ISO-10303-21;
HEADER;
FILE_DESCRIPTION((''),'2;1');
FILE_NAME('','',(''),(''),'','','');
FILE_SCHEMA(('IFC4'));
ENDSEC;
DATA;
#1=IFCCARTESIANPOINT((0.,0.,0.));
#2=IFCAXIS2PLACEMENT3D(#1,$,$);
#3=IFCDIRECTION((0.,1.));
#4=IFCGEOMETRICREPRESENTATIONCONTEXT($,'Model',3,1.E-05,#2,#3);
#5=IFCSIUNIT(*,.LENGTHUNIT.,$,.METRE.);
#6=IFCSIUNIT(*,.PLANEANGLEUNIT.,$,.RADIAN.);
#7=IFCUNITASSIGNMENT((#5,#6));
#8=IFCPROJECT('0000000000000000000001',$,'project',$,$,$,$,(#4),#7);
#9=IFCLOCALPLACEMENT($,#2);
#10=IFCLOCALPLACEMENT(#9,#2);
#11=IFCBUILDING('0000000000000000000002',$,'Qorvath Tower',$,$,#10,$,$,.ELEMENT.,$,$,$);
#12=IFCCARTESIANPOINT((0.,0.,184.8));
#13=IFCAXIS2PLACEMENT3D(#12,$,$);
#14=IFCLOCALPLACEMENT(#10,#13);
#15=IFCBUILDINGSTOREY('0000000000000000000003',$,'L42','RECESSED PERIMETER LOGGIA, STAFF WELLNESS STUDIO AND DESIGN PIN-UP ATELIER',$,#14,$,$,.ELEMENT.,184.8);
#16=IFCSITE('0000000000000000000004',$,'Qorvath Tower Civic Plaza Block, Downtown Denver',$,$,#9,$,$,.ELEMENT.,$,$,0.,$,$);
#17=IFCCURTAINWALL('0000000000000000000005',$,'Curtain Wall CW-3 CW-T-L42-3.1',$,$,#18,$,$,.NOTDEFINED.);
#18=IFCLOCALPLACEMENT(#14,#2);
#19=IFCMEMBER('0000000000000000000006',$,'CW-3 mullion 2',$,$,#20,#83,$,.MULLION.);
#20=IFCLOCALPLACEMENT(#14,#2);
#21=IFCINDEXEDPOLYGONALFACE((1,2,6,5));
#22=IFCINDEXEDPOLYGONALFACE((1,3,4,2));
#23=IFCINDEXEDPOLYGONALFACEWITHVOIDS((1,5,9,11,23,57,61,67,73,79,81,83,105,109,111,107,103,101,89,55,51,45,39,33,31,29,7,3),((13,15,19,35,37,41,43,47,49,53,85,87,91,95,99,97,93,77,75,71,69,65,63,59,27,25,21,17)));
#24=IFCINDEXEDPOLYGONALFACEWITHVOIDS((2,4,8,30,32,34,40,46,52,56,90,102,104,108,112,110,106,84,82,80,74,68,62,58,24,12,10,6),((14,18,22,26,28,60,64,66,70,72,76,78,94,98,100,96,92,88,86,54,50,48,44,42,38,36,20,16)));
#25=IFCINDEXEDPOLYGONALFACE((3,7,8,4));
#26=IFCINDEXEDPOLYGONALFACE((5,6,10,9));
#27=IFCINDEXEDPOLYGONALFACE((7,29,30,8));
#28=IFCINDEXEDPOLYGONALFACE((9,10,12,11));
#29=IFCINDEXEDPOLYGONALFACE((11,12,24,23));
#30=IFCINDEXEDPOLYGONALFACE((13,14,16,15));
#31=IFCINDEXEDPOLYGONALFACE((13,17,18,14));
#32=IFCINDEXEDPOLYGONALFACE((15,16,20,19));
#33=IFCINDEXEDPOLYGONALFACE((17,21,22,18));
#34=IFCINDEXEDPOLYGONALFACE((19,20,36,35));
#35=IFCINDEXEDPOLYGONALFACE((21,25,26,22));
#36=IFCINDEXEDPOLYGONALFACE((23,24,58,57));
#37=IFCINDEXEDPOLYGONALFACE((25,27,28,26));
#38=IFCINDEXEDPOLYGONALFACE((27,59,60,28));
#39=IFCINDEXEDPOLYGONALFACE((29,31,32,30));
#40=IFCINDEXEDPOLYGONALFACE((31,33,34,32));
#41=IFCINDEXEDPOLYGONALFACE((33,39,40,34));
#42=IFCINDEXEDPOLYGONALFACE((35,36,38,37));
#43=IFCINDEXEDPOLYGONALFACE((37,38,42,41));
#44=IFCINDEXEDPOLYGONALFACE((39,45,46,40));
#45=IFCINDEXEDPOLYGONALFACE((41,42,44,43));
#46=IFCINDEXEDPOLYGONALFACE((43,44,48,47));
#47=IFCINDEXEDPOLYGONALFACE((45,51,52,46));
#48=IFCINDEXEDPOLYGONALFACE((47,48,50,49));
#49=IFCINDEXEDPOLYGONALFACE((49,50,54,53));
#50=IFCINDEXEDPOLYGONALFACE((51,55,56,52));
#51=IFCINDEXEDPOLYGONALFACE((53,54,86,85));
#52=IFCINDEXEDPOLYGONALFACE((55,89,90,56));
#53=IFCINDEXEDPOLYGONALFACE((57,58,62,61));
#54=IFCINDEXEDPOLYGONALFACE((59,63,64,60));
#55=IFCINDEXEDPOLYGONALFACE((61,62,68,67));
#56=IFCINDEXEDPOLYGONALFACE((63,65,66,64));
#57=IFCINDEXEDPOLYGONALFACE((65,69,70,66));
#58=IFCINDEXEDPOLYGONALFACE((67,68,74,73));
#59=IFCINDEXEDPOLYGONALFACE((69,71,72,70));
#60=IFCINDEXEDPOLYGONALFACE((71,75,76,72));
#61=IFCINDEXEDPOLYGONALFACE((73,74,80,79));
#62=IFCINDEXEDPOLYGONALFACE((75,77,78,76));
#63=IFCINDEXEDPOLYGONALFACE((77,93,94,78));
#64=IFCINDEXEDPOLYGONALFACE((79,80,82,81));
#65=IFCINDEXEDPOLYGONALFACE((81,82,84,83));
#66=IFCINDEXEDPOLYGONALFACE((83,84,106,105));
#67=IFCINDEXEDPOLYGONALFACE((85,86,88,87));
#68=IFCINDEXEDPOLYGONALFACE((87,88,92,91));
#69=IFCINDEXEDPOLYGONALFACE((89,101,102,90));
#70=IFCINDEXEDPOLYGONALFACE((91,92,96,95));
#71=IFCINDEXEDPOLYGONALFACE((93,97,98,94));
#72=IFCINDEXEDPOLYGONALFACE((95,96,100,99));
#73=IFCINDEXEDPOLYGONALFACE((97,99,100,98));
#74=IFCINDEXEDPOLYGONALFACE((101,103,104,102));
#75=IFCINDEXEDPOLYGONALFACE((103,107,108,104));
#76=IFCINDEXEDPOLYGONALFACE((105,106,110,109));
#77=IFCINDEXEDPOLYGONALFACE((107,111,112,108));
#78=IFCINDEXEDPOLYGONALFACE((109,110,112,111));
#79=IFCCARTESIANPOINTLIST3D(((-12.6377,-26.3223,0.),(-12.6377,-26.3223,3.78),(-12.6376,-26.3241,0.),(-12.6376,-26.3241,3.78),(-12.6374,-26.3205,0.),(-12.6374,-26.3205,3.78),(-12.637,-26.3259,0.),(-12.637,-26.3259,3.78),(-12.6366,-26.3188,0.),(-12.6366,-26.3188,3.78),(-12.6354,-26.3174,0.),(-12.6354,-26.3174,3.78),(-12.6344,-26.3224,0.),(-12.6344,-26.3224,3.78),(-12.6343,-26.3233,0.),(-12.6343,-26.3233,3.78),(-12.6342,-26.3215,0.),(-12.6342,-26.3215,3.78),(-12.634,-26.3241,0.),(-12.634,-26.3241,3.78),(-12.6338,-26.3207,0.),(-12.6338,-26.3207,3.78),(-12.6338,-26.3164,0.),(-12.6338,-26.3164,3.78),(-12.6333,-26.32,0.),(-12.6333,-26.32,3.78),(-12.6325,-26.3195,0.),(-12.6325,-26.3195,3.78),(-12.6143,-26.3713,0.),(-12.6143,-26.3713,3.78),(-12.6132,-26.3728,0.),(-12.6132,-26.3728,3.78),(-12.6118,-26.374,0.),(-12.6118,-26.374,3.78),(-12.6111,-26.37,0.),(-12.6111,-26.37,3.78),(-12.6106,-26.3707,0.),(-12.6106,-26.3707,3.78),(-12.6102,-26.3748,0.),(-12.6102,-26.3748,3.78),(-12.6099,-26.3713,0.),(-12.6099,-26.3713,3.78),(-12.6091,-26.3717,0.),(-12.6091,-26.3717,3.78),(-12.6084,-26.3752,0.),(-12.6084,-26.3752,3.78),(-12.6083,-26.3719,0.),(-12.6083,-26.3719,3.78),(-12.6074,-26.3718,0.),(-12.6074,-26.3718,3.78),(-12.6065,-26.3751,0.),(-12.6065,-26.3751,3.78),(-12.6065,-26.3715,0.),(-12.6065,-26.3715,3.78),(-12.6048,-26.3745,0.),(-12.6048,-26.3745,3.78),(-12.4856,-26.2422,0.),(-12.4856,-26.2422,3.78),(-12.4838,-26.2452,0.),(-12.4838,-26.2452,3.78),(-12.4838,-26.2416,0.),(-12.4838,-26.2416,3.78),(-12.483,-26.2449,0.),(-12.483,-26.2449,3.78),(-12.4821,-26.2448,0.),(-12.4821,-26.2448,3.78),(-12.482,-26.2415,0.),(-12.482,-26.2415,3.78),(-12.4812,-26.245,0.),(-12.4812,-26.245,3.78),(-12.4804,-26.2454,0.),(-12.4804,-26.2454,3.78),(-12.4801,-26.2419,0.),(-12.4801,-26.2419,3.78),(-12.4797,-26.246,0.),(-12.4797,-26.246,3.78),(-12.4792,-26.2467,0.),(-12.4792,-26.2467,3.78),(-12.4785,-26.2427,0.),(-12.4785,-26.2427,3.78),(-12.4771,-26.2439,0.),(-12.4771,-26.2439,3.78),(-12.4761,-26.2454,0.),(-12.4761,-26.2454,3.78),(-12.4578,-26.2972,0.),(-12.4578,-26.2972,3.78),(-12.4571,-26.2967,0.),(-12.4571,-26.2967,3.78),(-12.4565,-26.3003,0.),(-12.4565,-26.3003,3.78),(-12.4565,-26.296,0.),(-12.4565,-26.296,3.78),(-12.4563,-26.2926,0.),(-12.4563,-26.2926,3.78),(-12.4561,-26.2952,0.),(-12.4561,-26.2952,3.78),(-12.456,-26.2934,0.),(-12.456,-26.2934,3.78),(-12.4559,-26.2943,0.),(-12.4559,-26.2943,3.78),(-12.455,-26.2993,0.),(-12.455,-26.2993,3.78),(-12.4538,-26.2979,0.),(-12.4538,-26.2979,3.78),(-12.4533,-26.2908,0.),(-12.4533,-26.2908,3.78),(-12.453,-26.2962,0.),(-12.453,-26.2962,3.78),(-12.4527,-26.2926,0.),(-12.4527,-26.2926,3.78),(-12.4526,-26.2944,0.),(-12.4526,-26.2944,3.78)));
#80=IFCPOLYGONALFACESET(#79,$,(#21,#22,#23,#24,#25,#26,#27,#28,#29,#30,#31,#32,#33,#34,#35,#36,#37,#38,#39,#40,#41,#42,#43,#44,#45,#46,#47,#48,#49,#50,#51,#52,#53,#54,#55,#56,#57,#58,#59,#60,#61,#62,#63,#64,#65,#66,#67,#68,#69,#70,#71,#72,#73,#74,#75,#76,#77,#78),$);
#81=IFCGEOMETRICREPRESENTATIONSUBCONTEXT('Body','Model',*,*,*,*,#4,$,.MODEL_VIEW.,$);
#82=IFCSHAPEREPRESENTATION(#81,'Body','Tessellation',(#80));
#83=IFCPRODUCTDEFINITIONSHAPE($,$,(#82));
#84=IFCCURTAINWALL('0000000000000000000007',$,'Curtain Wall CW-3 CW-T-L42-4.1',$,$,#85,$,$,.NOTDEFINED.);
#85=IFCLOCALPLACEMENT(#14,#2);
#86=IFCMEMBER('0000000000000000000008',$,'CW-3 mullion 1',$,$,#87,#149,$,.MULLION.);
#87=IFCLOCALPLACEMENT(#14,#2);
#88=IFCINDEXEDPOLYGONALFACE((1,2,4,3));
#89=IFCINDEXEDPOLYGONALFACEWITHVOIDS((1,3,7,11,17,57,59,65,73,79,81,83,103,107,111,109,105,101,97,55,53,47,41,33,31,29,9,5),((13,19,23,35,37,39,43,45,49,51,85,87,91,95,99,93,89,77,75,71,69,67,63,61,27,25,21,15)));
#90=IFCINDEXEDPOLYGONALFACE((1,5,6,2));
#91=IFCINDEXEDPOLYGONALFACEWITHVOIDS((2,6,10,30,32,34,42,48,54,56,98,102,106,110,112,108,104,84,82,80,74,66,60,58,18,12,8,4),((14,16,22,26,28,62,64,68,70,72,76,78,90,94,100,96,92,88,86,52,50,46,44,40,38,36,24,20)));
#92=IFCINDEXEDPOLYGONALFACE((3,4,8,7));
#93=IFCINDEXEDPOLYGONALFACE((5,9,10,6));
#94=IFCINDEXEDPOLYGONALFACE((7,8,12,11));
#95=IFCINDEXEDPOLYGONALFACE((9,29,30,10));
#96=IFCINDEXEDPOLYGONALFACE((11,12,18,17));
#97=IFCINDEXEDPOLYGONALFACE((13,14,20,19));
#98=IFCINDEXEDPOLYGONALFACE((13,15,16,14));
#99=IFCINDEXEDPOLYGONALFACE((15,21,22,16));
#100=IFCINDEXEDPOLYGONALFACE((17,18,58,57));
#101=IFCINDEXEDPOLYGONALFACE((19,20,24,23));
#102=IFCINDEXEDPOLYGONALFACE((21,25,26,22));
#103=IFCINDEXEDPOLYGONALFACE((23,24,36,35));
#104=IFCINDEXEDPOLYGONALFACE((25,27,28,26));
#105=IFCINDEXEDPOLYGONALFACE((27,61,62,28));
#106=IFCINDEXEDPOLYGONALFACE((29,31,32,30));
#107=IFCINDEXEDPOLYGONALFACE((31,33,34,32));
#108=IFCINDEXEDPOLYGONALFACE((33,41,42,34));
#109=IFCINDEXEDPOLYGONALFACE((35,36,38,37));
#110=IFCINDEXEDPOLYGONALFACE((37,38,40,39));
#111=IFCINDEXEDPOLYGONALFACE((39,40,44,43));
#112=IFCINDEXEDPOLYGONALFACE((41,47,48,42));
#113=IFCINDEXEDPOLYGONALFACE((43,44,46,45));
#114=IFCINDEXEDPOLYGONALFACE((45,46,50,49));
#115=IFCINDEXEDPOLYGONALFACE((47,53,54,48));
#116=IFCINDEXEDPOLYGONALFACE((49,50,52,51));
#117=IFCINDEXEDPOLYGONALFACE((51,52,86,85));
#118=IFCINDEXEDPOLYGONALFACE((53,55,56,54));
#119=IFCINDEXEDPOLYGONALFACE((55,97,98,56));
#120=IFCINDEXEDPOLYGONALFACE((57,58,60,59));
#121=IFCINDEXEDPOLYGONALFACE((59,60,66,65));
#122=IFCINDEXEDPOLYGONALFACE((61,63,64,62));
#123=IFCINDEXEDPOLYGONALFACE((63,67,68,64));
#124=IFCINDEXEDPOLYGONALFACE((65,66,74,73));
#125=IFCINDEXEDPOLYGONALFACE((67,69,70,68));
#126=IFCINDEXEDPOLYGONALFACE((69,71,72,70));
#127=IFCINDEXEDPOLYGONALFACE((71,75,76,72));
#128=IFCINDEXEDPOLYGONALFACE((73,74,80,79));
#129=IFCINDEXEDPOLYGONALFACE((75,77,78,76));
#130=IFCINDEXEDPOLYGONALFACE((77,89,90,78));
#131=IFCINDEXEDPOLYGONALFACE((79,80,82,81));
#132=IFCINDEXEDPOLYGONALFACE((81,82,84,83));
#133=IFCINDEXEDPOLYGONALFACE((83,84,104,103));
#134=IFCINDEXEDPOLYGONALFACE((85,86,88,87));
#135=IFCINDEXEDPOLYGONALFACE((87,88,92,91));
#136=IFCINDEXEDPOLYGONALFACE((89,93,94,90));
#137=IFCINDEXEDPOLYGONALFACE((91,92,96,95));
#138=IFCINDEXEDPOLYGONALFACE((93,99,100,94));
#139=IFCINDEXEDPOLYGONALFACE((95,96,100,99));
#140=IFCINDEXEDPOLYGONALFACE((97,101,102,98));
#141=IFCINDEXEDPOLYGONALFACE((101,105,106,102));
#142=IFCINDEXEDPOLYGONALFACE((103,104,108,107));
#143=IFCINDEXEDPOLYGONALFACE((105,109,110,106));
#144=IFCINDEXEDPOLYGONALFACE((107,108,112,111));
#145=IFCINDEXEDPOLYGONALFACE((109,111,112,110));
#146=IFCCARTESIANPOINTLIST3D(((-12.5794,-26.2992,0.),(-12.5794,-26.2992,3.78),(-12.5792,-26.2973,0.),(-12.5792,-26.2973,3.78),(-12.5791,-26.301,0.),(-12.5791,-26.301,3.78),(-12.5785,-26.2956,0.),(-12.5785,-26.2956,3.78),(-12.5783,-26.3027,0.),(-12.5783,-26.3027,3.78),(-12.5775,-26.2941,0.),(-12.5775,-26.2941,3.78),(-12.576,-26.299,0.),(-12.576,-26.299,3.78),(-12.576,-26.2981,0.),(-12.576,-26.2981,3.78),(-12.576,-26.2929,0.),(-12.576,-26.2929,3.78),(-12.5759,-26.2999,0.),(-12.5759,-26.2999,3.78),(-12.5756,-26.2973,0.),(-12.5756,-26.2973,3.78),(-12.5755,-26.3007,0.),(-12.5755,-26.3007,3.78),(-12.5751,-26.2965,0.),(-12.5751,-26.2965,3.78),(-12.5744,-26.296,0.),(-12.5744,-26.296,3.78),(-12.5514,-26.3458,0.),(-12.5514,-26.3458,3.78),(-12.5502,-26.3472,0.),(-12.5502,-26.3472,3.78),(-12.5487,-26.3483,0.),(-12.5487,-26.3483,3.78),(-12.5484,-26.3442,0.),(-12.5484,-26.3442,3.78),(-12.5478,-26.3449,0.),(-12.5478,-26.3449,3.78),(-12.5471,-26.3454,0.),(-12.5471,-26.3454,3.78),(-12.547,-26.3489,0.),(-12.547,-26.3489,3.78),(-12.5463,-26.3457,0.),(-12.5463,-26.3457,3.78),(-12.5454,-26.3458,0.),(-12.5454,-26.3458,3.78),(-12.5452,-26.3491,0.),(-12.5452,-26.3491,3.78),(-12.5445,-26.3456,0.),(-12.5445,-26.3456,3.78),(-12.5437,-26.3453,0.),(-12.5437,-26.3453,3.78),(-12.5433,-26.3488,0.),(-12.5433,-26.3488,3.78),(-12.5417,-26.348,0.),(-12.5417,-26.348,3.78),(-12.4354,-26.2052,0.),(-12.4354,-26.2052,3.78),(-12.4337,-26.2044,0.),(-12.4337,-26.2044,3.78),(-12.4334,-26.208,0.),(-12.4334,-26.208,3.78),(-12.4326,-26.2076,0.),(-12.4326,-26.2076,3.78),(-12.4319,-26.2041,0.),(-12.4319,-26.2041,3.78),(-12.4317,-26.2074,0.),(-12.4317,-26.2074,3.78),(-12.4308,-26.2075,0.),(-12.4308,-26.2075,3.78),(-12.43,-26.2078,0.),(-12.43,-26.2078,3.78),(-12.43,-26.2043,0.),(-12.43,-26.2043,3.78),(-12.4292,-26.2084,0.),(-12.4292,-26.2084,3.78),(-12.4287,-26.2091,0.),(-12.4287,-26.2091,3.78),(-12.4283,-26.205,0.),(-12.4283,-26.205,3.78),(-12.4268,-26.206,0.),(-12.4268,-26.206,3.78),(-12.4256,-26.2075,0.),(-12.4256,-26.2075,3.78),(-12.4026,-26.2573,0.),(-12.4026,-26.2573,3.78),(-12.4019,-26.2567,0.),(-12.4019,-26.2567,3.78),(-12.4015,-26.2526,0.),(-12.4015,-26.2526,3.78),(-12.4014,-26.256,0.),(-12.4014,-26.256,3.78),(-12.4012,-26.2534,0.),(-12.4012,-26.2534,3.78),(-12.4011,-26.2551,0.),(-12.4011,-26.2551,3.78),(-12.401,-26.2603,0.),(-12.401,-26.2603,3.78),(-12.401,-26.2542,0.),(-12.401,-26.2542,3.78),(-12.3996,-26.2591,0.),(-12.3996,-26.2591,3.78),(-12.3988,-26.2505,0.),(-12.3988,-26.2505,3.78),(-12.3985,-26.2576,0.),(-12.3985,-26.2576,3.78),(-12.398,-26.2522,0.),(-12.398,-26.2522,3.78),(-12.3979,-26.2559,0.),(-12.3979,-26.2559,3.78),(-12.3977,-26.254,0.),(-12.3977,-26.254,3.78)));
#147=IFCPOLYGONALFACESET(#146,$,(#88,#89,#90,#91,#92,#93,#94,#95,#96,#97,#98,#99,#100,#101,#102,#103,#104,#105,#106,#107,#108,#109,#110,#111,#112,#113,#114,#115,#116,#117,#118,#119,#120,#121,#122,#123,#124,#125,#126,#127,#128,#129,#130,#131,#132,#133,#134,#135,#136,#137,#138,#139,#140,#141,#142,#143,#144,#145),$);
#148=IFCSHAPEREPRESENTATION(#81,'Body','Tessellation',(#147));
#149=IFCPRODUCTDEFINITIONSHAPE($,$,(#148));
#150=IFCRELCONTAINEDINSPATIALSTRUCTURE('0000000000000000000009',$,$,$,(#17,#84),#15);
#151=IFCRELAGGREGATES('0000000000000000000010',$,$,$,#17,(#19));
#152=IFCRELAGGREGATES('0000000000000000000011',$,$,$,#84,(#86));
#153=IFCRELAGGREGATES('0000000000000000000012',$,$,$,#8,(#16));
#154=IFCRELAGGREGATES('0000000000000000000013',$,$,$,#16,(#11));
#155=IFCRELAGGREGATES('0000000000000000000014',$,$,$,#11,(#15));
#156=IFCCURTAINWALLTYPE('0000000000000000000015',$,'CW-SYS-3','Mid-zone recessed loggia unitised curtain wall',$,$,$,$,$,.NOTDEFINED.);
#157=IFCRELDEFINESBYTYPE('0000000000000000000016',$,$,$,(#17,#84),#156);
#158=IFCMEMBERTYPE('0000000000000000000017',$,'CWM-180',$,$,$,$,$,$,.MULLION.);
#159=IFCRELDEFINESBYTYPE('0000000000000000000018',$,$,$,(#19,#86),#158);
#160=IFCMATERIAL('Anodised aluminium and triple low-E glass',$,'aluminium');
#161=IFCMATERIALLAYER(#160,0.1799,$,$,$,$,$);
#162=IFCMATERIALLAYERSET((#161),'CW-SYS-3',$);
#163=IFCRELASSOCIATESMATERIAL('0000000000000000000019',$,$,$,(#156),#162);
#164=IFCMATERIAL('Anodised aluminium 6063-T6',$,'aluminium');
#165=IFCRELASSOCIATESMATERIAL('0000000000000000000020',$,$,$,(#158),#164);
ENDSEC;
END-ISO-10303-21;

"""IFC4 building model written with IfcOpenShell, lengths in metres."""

from ifc_helpers import new_model, si_unit, direction, frame, origin, origin_2d, place, context, subcontext, project, spatial, hollow_rectangle, extrude, material, layer, layer_set, material_profile, profile_set, type_object, element, aggregate, save


model = new_model("IFC4")

# Units and contexts
model_context = context("Model", 3, precision=1e-05, world=origin(), true_north=direction((0.0, 1.0)))
body_context = subcontext(model_context, "Body", "Model", "MODEL_VIEW")
ifc_project = project(units=[si_unit("LENGTHUNIT", "METRE"), si_unit("PLANEANGLEUNIT", "RADIAN")], contexts=[model_context])

# Site, building, storey
site_placement = place(None, origin())
site = spatial("IfcSite", under=ifc_project, at=site_placement, Name="Qorvath Tower Civic Plaza Block, Downtown Denver", CompositionType="ELEMENT", RefElevation=0.0)
building_placement = place(site_placement, origin())
building = spatial("IfcBuilding", under=site, at=building_placement, Name="Qorvath Tower", CompositionType="ELEMENT")
storey_placement = place(building_placement, frame((0.0, 0.0, 184.8)))
storey = spatial("IfcBuildingStorey", under=building, at=storey_placement, Name="L42", Description="RECESSED PERIMETER LOGGIA, STAFF WELLNESS STUDIO AND DESIGN PIN-UP ATELIER", CompositionType="ELEMENT", Elevation=184.8)

# Shared definitions
ifc_material_1 = material(Name="Anodised aluminium and triple low-E glass", Category="aluminium")
ifc_layer_1 = layer(ifc_material_1, 0.1799)
ifc_layer_set_1 = layer_set([ifc_layer_1], Name="CW-SYS-3")
curtain_wall_type = type_object("IfcCurtainWallType", Name="CW-SYS-3", Description="Mid-zone recessed loggia unitised curtain wall", PredefinedType="NOTDEFINED", material=ifc_layer_set_1)
ifc_material_2 = material(Name="Anodised aluminium 6063-T6", Category="aluminium")
ifc_material_profile_1 = material_profile(ifc_material_2, hollow_rectangle(XDim=0.0649, YDim=0.1799, WallThickness=0.0034, InnerFilletRadius=0.0034, OuterFilletRadius=0.0071, at=origin_2d()), Name="CWM 180x65")
ifc_profile_set_1 = profile_set([ifc_material_profile_1], Name="Anodised aluminium 6063-T6")
member_type_1 = type_object("IfcMemberType", Name="CWM-180", PredefinedType="MULLION", material=ifc_profile_set_1)

# Curtain walls, members
curtain_wall_1_placement = place(storey_placement, origin())
curtain_wall_1 = element("IfcCurtainWall", 1, at=curtain_wall_1_placement, inside=storey, type_object=curtain_wall_type, Name="Curtain Wall CW-3 CW-T-L42-3.1", PredefinedType="NOTDEFINED")
member_1_placement = place(storey_placement, frame((-12.5452, -26.3083, 0.0), z_axis=(0.0, 0.0, 1.0), x_axis=(-0.447196, 0.894436, 0.0)))
member_1 = element("IfcMember", 2, at=member_1_placement, type_object=member_type_1, Name="CW-3 mullion 2", PredefinedType="MULLION", context=body_context, shape_type="SweptSolid", body=[
    extrude(hollow_rectangle(XDim=0.0649, YDim=0.1799, WallThickness=0.0034, InnerFilletRadius=0.0034, OuterFilletRadius=0.0071, at=origin_2d()), origin(), (0.0, 0.0, 1.0), 3.78),
])
curtain_wall_2_placement = place(storey_placement, origin())
curtain_wall_2 = element("IfcCurtainWall", 3, at=curtain_wall_2_placement, inside=storey, type_object=curtain_wall_type, Name="Curtain Wall CW-3 CW-T-L42-4.1", PredefinedType="NOTDEFINED")
member_2_placement = place(storey_placement, frame((-12.4885, -26.2766, 0.0), z_axis=(0.0, 0.0, 1.0), x_axis=(-0.529252, 0.848464, 0.0)))
member_2 = element("IfcMember", 4, at=member_2_placement, type_object=member_type_1, Name="CW-3 mullion 1", PredefinedType="MULLION", context=body_context, shape_type="SweptSolid", body=[
    extrude(hollow_rectangle(XDim=0.0649, YDim=0.1799, WallThickness=0.0034, InnerFilletRadius=0.0034, OuterFilletRadius=0.0071, at=origin_2d()), origin(), (0.0, 0.0, 1.0), 3.78),
])

aggregate(curtain_wall_1, [member_1])
aggregate(curtain_wall_2, [member_2])

save(model, "model.ifc")
